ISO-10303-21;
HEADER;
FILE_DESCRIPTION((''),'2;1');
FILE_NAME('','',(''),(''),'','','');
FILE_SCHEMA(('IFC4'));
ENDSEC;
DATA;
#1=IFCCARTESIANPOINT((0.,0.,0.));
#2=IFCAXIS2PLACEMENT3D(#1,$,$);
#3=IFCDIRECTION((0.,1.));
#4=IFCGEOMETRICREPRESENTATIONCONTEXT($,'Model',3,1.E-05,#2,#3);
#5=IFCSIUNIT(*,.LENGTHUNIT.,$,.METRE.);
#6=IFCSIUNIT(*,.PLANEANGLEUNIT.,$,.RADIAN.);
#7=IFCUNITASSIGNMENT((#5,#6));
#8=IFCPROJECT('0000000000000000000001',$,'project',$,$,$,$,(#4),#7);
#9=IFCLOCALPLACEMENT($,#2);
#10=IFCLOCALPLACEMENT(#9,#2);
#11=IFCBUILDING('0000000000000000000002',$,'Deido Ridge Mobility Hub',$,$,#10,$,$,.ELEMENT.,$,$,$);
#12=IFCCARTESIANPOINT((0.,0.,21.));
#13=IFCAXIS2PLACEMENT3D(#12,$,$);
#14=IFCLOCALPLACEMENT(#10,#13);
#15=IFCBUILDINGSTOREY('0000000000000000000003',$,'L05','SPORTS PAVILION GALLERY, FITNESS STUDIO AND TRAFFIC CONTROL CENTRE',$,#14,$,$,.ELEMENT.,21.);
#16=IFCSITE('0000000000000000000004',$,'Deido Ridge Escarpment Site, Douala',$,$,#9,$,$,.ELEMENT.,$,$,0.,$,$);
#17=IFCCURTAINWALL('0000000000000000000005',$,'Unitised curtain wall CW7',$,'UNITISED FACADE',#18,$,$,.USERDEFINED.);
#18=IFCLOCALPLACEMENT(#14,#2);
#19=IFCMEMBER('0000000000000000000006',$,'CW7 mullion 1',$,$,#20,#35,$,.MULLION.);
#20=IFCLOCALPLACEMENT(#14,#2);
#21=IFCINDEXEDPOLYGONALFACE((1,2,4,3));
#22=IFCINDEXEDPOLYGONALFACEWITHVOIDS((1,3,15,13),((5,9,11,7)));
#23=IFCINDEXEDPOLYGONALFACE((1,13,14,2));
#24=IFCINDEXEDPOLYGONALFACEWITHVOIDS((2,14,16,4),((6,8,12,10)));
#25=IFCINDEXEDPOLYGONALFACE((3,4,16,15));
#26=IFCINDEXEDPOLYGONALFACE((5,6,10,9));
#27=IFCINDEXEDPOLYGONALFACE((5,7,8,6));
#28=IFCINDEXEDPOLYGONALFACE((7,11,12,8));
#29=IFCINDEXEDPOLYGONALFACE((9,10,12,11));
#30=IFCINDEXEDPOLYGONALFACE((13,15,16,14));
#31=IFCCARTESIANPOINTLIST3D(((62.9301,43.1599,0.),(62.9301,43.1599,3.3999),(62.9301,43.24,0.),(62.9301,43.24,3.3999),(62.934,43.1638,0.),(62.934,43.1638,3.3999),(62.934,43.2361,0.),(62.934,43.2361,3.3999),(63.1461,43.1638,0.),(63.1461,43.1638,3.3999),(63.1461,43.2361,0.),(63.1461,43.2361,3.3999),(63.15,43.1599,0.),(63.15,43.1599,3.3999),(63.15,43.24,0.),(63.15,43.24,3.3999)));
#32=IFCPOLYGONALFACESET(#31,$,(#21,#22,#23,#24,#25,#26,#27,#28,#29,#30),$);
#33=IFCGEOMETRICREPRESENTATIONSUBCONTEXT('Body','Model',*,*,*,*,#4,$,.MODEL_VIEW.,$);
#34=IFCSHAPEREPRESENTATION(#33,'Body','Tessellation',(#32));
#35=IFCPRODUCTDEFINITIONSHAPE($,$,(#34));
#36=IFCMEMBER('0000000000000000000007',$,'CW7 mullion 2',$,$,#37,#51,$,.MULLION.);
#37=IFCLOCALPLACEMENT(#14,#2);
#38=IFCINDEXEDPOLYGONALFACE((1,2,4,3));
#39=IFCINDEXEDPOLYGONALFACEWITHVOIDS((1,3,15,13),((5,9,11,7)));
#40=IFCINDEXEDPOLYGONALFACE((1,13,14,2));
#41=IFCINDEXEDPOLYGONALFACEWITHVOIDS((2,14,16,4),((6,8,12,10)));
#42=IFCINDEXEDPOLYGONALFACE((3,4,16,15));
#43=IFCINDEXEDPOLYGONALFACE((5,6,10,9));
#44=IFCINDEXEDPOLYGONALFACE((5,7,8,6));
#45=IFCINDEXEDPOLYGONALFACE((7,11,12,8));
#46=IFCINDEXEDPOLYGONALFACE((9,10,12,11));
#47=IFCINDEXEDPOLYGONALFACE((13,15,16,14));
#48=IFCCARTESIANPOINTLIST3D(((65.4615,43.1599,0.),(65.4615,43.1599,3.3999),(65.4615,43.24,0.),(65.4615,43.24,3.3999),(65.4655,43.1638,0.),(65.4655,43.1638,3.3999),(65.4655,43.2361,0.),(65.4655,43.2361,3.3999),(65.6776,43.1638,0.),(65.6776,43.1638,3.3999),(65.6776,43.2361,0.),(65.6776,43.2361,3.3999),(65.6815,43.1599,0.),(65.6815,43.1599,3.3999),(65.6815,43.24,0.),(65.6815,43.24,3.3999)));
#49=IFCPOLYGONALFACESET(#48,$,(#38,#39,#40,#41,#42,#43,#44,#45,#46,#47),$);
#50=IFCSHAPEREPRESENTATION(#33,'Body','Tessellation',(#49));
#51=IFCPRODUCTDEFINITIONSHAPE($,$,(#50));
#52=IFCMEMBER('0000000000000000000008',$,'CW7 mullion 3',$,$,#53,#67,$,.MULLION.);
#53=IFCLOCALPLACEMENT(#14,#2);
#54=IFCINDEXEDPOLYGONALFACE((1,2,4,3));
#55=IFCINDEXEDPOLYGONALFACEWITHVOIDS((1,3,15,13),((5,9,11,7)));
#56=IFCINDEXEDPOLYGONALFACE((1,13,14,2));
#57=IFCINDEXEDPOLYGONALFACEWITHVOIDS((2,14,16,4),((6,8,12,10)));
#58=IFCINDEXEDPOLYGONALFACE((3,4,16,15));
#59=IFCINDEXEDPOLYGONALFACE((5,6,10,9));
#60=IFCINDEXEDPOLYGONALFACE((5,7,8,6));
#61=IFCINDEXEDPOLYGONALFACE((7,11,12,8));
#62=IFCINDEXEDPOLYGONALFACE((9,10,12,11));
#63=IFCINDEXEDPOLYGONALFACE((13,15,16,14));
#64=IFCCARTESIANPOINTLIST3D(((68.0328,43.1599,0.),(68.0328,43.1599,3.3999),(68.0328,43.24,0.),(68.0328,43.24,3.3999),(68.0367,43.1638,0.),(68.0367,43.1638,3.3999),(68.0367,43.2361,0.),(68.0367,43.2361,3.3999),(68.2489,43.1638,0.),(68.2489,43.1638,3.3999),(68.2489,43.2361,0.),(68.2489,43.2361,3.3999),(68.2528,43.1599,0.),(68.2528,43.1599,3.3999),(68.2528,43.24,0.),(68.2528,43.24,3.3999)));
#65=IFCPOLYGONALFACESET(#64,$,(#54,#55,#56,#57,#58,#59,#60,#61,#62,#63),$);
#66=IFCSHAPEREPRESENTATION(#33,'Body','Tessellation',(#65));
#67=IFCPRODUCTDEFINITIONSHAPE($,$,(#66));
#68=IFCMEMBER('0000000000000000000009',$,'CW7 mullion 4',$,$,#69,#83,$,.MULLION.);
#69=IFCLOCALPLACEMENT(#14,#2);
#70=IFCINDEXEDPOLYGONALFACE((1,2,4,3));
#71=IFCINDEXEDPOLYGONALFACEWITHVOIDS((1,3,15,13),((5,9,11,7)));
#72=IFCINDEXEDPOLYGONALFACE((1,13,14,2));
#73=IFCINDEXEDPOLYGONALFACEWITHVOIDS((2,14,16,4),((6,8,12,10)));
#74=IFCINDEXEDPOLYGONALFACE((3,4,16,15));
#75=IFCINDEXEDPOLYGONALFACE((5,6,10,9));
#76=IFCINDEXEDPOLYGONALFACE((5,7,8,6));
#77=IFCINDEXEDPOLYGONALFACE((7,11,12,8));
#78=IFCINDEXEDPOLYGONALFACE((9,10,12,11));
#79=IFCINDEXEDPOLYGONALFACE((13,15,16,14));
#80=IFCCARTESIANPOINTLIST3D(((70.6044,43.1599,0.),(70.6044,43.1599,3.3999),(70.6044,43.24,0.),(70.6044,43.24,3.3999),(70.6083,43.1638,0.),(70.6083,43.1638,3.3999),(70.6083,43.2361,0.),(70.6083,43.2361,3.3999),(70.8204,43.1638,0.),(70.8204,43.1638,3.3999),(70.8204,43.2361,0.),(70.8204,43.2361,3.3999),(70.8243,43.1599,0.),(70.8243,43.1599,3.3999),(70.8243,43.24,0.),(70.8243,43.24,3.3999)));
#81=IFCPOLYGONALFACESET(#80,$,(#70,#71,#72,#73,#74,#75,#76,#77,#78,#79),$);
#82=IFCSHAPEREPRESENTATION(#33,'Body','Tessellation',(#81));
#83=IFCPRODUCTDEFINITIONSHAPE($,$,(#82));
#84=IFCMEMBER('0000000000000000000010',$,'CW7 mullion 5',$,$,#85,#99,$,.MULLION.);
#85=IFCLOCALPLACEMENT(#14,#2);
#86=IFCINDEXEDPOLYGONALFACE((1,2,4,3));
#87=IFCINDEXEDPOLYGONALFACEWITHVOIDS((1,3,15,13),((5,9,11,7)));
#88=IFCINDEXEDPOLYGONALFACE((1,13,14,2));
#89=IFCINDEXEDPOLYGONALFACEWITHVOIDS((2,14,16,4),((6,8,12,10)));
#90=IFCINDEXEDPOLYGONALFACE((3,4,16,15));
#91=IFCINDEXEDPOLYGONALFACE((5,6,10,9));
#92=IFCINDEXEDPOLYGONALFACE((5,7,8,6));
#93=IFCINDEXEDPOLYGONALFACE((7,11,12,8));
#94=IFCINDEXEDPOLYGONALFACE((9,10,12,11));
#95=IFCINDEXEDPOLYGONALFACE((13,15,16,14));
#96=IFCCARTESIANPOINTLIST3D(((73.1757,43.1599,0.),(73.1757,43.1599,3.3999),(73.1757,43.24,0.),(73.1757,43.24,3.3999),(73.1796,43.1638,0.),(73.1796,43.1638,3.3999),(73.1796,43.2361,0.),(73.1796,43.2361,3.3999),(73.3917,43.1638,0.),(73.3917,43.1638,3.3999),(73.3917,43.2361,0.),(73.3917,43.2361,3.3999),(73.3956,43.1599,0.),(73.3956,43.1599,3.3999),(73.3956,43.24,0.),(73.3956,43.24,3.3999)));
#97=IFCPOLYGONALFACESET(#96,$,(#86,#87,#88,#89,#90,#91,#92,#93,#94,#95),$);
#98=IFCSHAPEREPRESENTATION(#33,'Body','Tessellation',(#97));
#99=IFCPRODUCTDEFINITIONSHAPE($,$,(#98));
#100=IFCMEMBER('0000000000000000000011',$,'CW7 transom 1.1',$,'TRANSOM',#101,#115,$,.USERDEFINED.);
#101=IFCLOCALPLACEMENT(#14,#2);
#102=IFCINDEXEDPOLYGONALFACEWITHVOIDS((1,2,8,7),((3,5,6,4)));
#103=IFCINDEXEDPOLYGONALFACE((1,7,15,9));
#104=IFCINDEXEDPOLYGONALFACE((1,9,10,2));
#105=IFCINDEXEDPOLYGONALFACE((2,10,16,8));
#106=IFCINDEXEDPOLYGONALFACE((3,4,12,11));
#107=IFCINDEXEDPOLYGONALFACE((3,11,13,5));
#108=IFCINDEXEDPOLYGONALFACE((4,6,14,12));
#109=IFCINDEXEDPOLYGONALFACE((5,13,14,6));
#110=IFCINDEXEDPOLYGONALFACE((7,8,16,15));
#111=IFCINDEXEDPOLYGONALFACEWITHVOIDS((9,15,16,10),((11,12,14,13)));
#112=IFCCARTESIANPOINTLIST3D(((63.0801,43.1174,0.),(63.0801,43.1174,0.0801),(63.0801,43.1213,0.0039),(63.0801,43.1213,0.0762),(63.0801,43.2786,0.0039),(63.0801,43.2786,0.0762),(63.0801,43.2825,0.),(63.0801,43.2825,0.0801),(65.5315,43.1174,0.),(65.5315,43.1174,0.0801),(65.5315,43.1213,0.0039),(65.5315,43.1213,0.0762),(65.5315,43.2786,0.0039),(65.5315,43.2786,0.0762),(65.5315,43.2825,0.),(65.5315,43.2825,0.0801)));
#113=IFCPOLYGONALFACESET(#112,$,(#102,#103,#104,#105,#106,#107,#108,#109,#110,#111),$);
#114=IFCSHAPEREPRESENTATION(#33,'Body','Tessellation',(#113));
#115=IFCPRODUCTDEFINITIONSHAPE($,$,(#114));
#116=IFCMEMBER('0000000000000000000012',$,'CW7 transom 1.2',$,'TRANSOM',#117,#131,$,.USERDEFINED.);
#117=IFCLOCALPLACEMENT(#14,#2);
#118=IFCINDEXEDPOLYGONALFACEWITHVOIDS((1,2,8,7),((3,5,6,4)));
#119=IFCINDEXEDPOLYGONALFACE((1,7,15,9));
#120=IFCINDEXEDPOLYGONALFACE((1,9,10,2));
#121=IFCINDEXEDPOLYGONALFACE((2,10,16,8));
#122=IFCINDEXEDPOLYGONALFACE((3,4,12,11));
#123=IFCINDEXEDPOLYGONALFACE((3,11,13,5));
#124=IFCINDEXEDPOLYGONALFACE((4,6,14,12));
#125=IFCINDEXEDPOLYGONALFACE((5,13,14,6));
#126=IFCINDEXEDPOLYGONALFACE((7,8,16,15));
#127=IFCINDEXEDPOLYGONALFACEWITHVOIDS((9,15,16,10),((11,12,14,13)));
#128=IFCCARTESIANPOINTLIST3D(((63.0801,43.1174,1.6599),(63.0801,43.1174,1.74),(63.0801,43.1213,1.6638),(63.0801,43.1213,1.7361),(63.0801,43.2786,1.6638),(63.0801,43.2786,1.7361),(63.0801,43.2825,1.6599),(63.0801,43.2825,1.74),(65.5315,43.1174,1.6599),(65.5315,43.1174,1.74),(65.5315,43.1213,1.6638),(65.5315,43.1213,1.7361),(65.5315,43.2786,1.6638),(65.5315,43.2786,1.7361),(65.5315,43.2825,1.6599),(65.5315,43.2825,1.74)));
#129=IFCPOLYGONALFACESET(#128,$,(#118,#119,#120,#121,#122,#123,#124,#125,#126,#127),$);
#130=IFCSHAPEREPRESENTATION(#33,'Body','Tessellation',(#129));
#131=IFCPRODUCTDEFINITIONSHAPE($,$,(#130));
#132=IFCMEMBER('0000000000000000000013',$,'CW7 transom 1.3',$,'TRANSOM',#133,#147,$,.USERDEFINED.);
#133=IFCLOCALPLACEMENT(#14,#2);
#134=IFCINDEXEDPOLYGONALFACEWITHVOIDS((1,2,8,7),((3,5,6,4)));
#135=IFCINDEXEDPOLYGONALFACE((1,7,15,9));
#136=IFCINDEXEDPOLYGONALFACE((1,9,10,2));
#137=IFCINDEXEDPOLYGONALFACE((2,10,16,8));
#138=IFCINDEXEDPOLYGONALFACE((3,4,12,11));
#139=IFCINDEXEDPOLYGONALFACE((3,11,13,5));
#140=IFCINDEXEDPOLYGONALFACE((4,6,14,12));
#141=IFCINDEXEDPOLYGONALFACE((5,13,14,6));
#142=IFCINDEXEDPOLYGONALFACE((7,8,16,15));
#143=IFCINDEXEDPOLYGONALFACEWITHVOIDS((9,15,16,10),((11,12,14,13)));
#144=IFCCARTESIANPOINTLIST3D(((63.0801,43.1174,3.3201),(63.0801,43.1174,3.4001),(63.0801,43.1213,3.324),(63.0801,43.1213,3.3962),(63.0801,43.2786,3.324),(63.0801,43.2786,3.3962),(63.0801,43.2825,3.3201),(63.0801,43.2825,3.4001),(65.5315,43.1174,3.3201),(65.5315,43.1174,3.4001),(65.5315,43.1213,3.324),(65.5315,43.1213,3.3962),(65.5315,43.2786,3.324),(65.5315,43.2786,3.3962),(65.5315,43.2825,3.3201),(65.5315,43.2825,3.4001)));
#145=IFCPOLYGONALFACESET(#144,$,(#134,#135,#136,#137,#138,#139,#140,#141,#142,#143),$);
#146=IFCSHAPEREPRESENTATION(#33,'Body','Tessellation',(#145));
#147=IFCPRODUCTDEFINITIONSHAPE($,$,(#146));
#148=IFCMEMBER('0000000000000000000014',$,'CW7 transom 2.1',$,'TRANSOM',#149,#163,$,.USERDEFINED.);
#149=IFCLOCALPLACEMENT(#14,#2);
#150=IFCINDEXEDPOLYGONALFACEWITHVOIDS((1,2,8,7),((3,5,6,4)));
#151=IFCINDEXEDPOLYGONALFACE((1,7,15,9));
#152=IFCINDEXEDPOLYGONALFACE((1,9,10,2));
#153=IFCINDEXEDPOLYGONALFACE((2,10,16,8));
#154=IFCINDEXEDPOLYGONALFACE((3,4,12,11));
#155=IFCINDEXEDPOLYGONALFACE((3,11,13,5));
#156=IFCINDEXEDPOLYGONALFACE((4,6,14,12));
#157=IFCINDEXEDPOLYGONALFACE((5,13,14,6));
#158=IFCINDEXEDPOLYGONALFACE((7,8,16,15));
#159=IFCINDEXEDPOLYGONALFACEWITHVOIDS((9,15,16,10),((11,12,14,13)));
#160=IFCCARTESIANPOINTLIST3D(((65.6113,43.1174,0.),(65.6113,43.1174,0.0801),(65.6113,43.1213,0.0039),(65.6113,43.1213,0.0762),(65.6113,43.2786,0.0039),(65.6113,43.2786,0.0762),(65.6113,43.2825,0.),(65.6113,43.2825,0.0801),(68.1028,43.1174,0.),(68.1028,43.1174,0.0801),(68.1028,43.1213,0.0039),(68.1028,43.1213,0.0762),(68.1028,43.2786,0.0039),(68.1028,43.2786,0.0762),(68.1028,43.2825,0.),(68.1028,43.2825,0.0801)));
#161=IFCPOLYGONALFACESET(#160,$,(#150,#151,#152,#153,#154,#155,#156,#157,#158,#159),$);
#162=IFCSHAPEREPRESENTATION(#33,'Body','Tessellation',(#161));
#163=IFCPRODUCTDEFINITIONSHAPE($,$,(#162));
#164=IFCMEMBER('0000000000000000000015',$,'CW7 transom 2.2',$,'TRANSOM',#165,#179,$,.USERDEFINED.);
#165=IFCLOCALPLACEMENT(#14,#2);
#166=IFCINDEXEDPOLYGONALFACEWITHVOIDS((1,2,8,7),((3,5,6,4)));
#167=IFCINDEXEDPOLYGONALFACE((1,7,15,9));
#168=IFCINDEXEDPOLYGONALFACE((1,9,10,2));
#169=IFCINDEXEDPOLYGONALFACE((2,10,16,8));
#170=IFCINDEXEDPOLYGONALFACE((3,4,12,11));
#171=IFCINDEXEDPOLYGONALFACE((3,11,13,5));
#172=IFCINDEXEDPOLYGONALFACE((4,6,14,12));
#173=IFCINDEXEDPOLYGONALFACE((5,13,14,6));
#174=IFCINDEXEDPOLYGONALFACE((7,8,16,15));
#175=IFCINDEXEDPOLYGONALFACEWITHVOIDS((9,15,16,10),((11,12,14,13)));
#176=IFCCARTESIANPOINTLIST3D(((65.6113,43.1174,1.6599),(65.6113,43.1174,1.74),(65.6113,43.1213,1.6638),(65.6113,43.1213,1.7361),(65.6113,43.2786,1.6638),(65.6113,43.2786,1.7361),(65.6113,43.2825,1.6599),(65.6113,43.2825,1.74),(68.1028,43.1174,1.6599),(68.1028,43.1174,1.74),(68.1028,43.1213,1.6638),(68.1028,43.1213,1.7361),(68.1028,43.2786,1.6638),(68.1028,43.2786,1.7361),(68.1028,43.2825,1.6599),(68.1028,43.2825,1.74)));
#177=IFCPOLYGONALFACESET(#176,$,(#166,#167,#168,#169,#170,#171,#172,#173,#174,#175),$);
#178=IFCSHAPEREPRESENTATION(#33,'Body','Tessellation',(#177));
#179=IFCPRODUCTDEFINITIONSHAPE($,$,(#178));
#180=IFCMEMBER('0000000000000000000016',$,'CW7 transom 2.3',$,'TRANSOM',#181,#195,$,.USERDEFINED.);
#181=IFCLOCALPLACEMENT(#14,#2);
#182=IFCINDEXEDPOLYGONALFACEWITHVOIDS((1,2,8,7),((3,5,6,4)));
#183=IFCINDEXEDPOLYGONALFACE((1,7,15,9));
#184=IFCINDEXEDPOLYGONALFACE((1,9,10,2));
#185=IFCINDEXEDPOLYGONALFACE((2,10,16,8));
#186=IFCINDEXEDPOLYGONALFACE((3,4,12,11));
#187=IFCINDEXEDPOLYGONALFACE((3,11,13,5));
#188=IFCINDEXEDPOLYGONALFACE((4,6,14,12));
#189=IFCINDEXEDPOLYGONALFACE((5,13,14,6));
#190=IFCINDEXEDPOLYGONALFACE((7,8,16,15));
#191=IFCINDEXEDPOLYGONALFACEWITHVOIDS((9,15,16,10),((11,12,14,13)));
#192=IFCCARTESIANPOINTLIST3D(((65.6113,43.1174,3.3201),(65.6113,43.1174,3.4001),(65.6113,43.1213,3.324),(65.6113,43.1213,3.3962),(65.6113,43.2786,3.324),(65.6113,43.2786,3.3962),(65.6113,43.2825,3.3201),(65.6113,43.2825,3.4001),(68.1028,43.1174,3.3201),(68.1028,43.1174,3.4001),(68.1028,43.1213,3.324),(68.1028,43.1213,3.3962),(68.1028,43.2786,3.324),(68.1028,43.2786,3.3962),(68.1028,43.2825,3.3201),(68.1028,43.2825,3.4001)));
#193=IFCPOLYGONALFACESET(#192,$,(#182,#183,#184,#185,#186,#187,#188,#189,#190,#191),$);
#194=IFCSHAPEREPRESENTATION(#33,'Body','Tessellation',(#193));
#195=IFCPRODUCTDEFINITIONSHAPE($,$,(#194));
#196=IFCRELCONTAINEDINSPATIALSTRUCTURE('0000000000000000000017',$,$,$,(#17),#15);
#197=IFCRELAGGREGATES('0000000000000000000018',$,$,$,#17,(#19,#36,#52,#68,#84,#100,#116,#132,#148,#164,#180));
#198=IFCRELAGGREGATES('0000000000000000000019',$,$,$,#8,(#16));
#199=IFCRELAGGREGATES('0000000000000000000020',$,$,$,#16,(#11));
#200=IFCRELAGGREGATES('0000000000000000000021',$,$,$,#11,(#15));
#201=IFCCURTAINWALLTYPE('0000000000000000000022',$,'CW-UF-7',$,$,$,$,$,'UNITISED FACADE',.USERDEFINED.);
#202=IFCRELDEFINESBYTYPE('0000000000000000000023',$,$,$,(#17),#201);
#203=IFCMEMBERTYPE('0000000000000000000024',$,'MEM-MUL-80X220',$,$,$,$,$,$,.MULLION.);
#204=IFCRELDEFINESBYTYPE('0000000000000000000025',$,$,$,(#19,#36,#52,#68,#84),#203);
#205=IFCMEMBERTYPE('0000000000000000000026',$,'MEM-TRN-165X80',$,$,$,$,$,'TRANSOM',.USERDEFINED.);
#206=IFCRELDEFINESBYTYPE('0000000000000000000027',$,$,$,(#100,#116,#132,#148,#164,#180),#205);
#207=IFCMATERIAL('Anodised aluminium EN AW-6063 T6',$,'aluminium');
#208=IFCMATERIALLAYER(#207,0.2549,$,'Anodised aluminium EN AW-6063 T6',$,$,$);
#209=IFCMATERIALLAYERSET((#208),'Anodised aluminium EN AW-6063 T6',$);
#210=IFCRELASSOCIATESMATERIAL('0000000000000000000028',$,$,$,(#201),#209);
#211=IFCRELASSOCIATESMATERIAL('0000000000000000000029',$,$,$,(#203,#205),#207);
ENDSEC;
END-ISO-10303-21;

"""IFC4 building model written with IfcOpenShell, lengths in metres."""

from ifc_helpers import new_model, si_unit, direction, frame, origin, origin_2d, place, context, subcontext, project, spatial, hollow_rectangle, extrude, material, layer, layer_set, material_profile, profile_set, type_object, element, aggregate, save


model = new_model("IFC4")

# Units and contexts
model_context = context("Model", 3, precision=1e-05, world=origin(), true_north=direction((0.0, 1.0)))
body_context = subcontext(model_context, "Body", "Model", "MODEL_VIEW")
ifc_project = project(units=[si_unit("LENGTHUNIT", "METRE"), si_unit("PLANEANGLEUNIT", "RADIAN")], contexts=[model_context])

# Site, building, storey
site_placement = place(None, origin())
site = spatial("IfcSite", under=ifc_project, at=site_placement, Name="Deido Ridge Escarpment Site, Douala", CompositionType="ELEMENT", RefElevation=0.0)
building_placement = place(site_placement, origin())
building = spatial("IfcBuilding", under=site, at=building_placement, Name="Deido Ridge Mobility Hub", CompositionType="ELEMENT")
storey_placement = place(building_placement, frame((0.0, 0.0, 21.0)))
storey = spatial("IfcBuildingStorey", under=building, at=storey_placement, Name="L05", Description="SPORTS PAVILION GALLERY, FITNESS STUDIO AND TRAFFIC CONTROL CENTRE", CompositionType="ELEMENT", Elevation=21.0)

# Curtain wall, members
ifc_material_1 = material(Name="Anodised aluminium EN AW-6063 T6", Category="aluminium")
ifc_layer_1 = layer(ifc_material_1, 0.2549, Name="Anodised aluminium EN AW-6063 T6")
ifc_layer_set_1 = layer_set([ifc_layer_1], Name="Anodised aluminium EN AW-6063 T6")
curtain_wall_type = type_object("IfcCurtainWallType", Name="CW-UF-7", ElementType="UNITISED FACADE", PredefinedType="USERDEFINED", material=ifc_layer_set_1)
curtain_wall_placement = place(storey_placement, origin())
curtain_wall = element("IfcCurtainWall", 1, at=curtain_wall_placement, inside=storey, type_object=curtain_wall_type, Name="Unitised curtain wall CW7", ObjectType="UNITISED FACADE", PredefinedType="USERDEFINED")
ifc_material_profile_1 = material_profile(ifc_material_1, hollow_rectangle(XDim=0.0801, YDim=0.22, WallThickness=0.0039, at=origin_2d()), Name="RHS 80x220x4")
ifc_profile_set_1 = profile_set([ifc_material_profile_1], Name="Anodised aluminium EN AW-6063 T6")
member_type_1 = type_object("IfcMemberType", Name="MEM-MUL-80X220", PredefinedType="MULLION", material=ifc_profile_set_1)
member_1_placement = place(storey_placement, frame((63.04, 43.2, 0.0), z_axis=(0.0, 0.0, 1.0), x_axis=(0.0, 1.0, 0.0)))
member_1 = element("IfcMember", 2, at=member_1_placement, type_object=member_type_1, Name="CW7 mullion 1", PredefinedType="MULLION", context=body_context, shape_type="SweptSolid", body=[
    extrude(hollow_rectangle(XDim=0.0801, YDim=0.22, WallThickness=0.0039, at=origin_2d()), origin(), (0.0, 0.0, 1.0), 3.3999),
])
member_2_placement = place(storey_placement, frame((65.5715, 43.2, 0.0), z_axis=(0.0, 0.0, 1.0), x_axis=(0.0, 1.0, 0.0)))
member_2 = element("IfcMember", 3, at=member_2_placement, type_object=member_type_1, Name="CW7 mullion 2", PredefinedType="MULLION", context=body_context, shape_type="SweptSolid", body=[
    extrude(hollow_rectangle(XDim=0.0801, YDim=0.22, WallThickness=0.0039, at=origin_2d()), origin(), (0.0, 0.0, 1.0), 3.3999),
])
member_3_placement = place(storey_placement, frame((68.1428, 43.2, 0.0), z_axis=(0.0, 0.0, 1.0), x_axis=(0.0, 1.0, 0.0)))
member_3 = element("IfcMember", 4, at=member_3_placement, type_object=member_type_1, Name="CW7 mullion 3", PredefinedType="MULLION", context=body_context, shape_type="SweptSolid", body=[
    extrude(hollow_rectangle(XDim=0.0801, YDim=0.22, WallThickness=0.0039, at=origin_2d()), origin(), (0.0, 0.0, 1.0), 3.3999),
])
member_4_placement = place(storey_placement, frame((70.7144, 43.2, 0.0), z_axis=(0.0, 0.0, 1.0), x_axis=(0.0, 1.0, 0.0)))
member_4 = element("IfcMember", 5, at=member_4_placement, type_object=member_type_1, Name="CW7 mullion 4", PredefinedType="MULLION", context=body_context, shape_type="SweptSolid", body=[
    extrude(hollow_rectangle(XDim=0.0801, YDim=0.22, WallThickness=0.0039, at=origin_2d()), origin(), (0.0, 0.0, 1.0), 3.3999),
])
member_5_placement = place(storey_placement, frame((73.2856, 43.2, 0.0), z_axis=(0.0, 0.0, 1.0), x_axis=(0.0, 1.0, 0.0)))
member_5 = element("IfcMember", 6, at=member_5_placement, type_object=member_type_1, Name="CW7 mullion 5", PredefinedType="MULLION", context=body_context, shape_type="SweptSolid", body=[
    extrude(hollow_rectangle(XDim=0.0801, YDim=0.22, WallThickness=0.0039, at=origin_2d()), origin(), (0.0, 0.0, 1.0), 3.3999),
])
ifc_material_profile_2 = material_profile(ifc_material_1, hollow_rectangle(XDim=0.165, YDim=0.0801, WallThickness=0.0039, at=origin_2d()), Name="RHS 165x80x4")
ifc_profile_set_2 = profile_set([ifc_material_profile_2], Name="Anodised aluminium EN AW-6063 T6")
member_type_2 = type_object("IfcMemberType", Name="MEM-TRN-165X80", ElementType="TRANSOM", PredefinedType="USERDEFINED", material=ifc_profile_set_2)
member_6_placement = place(storey_placement, frame((63.0801, 43.2, 0.04), z_axis=(1.0, 0.0, 0.0), x_axis=(0.0, 1.0, 0.0)))
member_6 = element("IfcMember", 7, at=member_6_placement, type_object=member_type_2, Name="CW7 transom 1.1", ObjectType="TRANSOM", PredefinedType="USERDEFINED", context=body_context, shape_type="SweptSolid", body=[
    extrude(hollow_rectangle(XDim=0.165, YDim=0.0801, WallThickness=0.0039, at=origin_2d()), origin(), (0.0, 0.0, 1.0), 2.4514),
])
member_7_placement = place(storey_placement, frame((63.0801, 43.2, 1.7), z_axis=(1.0, 0.0, 0.0), x_axis=(0.0, 1.0, 0.0)))
member_7 = element("IfcMember", 8, at=member_7_placement, type_object=member_type_2, Name="CW7 transom 1.2", ObjectType="TRANSOM", PredefinedType="USERDEFINED", context=body_context, shape_type="SweptSolid", body=[
    extrude(hollow_rectangle(XDim=0.165, YDim=0.0801, WallThickness=0.0039, at=origin_2d()), origin(), (0.0, 0.0, 1.0), 2.4514),
])
member_8_placement = place(storey_placement, frame((63.0801, 43.2, 3.3601), z_axis=(1.0, 0.0, 0.0), x_axis=(0.0, 1.0, 0.0)))
member_8 = element("IfcMember", 9, at=member_8_placement, type_object=member_type_2, Name="CW7 transom 1.3", ObjectType="TRANSOM", PredefinedType="USERDEFINED", context=body_context, shape_type="SweptSolid", body=[
    extrude(hollow_rectangle(XDim=0.165, YDim=0.0801, WallThickness=0.0039, at=origin_2d()), origin(), (0.0, 0.0, 1.0), 2.4514),
])
member_9_placement = place(storey_placement, frame((65.6113, 43.2, 0.04), z_axis=(1.0, 0.0, 0.0), x_axis=(0.0, 1.0, 0.0)))
member_9 = element("IfcMember", 10, at=member_9_placement, type_object=member_type_2, Name="CW7 transom 2.1", ObjectType="TRANSOM", PredefinedType="USERDEFINED", context=body_context, shape_type="SweptSolid", body=[
    extrude(hollow_rectangle(XDim=0.165, YDim=0.0801, WallThickness=0.0039, at=origin_2d()), origin(), (0.0, 0.0, 1.0), 2.4915),
])
member_10_placement = place(storey_placement, frame((65.6113, 43.2, 1.7), z_axis=(1.0, 0.0, 0.0), x_axis=(0.0, 1.0, 0.0)))
member_10 = element("IfcMember", 11, at=member_10_placement, type_object=member_type_2, Name="CW7 transom 2.2", ObjectType="TRANSOM", PredefinedType="USERDEFINED", context=body_context, shape_type="SweptSolid", body=[
    extrude(hollow_rectangle(XDim=0.165, YDim=0.0801, WallThickness=0.0039, at=origin_2d()), origin(), (0.0, 0.0, 1.0), 2.4915),
])
member_11_placement = place(storey_placement, frame((65.6113, 43.2, 3.3601), z_axis=(1.0, 0.0, 0.0), x_axis=(0.0, 1.0, 0.0)))
member_11 = element("IfcMember", 12, at=member_11_placement, type_object=member_type_2, Name="CW7 transom 2.3", ObjectType="TRANSOM", PredefinedType="USERDEFINED", context=body_context, shape_type="SweptSolid", body=[
    extrude(hollow_rectangle(XDim=0.165, YDim=0.0801, WallThickness=0.0039, at=origin_2d()), origin(), (0.0, 0.0, 1.0), 2.4915),
])
aggregate(curtain_wall, [member_1, member_2, member_3, member_4, member_5, member_6, member_7, member_8, member_9, member_10, member_11])

save(model, "model.ifc")
